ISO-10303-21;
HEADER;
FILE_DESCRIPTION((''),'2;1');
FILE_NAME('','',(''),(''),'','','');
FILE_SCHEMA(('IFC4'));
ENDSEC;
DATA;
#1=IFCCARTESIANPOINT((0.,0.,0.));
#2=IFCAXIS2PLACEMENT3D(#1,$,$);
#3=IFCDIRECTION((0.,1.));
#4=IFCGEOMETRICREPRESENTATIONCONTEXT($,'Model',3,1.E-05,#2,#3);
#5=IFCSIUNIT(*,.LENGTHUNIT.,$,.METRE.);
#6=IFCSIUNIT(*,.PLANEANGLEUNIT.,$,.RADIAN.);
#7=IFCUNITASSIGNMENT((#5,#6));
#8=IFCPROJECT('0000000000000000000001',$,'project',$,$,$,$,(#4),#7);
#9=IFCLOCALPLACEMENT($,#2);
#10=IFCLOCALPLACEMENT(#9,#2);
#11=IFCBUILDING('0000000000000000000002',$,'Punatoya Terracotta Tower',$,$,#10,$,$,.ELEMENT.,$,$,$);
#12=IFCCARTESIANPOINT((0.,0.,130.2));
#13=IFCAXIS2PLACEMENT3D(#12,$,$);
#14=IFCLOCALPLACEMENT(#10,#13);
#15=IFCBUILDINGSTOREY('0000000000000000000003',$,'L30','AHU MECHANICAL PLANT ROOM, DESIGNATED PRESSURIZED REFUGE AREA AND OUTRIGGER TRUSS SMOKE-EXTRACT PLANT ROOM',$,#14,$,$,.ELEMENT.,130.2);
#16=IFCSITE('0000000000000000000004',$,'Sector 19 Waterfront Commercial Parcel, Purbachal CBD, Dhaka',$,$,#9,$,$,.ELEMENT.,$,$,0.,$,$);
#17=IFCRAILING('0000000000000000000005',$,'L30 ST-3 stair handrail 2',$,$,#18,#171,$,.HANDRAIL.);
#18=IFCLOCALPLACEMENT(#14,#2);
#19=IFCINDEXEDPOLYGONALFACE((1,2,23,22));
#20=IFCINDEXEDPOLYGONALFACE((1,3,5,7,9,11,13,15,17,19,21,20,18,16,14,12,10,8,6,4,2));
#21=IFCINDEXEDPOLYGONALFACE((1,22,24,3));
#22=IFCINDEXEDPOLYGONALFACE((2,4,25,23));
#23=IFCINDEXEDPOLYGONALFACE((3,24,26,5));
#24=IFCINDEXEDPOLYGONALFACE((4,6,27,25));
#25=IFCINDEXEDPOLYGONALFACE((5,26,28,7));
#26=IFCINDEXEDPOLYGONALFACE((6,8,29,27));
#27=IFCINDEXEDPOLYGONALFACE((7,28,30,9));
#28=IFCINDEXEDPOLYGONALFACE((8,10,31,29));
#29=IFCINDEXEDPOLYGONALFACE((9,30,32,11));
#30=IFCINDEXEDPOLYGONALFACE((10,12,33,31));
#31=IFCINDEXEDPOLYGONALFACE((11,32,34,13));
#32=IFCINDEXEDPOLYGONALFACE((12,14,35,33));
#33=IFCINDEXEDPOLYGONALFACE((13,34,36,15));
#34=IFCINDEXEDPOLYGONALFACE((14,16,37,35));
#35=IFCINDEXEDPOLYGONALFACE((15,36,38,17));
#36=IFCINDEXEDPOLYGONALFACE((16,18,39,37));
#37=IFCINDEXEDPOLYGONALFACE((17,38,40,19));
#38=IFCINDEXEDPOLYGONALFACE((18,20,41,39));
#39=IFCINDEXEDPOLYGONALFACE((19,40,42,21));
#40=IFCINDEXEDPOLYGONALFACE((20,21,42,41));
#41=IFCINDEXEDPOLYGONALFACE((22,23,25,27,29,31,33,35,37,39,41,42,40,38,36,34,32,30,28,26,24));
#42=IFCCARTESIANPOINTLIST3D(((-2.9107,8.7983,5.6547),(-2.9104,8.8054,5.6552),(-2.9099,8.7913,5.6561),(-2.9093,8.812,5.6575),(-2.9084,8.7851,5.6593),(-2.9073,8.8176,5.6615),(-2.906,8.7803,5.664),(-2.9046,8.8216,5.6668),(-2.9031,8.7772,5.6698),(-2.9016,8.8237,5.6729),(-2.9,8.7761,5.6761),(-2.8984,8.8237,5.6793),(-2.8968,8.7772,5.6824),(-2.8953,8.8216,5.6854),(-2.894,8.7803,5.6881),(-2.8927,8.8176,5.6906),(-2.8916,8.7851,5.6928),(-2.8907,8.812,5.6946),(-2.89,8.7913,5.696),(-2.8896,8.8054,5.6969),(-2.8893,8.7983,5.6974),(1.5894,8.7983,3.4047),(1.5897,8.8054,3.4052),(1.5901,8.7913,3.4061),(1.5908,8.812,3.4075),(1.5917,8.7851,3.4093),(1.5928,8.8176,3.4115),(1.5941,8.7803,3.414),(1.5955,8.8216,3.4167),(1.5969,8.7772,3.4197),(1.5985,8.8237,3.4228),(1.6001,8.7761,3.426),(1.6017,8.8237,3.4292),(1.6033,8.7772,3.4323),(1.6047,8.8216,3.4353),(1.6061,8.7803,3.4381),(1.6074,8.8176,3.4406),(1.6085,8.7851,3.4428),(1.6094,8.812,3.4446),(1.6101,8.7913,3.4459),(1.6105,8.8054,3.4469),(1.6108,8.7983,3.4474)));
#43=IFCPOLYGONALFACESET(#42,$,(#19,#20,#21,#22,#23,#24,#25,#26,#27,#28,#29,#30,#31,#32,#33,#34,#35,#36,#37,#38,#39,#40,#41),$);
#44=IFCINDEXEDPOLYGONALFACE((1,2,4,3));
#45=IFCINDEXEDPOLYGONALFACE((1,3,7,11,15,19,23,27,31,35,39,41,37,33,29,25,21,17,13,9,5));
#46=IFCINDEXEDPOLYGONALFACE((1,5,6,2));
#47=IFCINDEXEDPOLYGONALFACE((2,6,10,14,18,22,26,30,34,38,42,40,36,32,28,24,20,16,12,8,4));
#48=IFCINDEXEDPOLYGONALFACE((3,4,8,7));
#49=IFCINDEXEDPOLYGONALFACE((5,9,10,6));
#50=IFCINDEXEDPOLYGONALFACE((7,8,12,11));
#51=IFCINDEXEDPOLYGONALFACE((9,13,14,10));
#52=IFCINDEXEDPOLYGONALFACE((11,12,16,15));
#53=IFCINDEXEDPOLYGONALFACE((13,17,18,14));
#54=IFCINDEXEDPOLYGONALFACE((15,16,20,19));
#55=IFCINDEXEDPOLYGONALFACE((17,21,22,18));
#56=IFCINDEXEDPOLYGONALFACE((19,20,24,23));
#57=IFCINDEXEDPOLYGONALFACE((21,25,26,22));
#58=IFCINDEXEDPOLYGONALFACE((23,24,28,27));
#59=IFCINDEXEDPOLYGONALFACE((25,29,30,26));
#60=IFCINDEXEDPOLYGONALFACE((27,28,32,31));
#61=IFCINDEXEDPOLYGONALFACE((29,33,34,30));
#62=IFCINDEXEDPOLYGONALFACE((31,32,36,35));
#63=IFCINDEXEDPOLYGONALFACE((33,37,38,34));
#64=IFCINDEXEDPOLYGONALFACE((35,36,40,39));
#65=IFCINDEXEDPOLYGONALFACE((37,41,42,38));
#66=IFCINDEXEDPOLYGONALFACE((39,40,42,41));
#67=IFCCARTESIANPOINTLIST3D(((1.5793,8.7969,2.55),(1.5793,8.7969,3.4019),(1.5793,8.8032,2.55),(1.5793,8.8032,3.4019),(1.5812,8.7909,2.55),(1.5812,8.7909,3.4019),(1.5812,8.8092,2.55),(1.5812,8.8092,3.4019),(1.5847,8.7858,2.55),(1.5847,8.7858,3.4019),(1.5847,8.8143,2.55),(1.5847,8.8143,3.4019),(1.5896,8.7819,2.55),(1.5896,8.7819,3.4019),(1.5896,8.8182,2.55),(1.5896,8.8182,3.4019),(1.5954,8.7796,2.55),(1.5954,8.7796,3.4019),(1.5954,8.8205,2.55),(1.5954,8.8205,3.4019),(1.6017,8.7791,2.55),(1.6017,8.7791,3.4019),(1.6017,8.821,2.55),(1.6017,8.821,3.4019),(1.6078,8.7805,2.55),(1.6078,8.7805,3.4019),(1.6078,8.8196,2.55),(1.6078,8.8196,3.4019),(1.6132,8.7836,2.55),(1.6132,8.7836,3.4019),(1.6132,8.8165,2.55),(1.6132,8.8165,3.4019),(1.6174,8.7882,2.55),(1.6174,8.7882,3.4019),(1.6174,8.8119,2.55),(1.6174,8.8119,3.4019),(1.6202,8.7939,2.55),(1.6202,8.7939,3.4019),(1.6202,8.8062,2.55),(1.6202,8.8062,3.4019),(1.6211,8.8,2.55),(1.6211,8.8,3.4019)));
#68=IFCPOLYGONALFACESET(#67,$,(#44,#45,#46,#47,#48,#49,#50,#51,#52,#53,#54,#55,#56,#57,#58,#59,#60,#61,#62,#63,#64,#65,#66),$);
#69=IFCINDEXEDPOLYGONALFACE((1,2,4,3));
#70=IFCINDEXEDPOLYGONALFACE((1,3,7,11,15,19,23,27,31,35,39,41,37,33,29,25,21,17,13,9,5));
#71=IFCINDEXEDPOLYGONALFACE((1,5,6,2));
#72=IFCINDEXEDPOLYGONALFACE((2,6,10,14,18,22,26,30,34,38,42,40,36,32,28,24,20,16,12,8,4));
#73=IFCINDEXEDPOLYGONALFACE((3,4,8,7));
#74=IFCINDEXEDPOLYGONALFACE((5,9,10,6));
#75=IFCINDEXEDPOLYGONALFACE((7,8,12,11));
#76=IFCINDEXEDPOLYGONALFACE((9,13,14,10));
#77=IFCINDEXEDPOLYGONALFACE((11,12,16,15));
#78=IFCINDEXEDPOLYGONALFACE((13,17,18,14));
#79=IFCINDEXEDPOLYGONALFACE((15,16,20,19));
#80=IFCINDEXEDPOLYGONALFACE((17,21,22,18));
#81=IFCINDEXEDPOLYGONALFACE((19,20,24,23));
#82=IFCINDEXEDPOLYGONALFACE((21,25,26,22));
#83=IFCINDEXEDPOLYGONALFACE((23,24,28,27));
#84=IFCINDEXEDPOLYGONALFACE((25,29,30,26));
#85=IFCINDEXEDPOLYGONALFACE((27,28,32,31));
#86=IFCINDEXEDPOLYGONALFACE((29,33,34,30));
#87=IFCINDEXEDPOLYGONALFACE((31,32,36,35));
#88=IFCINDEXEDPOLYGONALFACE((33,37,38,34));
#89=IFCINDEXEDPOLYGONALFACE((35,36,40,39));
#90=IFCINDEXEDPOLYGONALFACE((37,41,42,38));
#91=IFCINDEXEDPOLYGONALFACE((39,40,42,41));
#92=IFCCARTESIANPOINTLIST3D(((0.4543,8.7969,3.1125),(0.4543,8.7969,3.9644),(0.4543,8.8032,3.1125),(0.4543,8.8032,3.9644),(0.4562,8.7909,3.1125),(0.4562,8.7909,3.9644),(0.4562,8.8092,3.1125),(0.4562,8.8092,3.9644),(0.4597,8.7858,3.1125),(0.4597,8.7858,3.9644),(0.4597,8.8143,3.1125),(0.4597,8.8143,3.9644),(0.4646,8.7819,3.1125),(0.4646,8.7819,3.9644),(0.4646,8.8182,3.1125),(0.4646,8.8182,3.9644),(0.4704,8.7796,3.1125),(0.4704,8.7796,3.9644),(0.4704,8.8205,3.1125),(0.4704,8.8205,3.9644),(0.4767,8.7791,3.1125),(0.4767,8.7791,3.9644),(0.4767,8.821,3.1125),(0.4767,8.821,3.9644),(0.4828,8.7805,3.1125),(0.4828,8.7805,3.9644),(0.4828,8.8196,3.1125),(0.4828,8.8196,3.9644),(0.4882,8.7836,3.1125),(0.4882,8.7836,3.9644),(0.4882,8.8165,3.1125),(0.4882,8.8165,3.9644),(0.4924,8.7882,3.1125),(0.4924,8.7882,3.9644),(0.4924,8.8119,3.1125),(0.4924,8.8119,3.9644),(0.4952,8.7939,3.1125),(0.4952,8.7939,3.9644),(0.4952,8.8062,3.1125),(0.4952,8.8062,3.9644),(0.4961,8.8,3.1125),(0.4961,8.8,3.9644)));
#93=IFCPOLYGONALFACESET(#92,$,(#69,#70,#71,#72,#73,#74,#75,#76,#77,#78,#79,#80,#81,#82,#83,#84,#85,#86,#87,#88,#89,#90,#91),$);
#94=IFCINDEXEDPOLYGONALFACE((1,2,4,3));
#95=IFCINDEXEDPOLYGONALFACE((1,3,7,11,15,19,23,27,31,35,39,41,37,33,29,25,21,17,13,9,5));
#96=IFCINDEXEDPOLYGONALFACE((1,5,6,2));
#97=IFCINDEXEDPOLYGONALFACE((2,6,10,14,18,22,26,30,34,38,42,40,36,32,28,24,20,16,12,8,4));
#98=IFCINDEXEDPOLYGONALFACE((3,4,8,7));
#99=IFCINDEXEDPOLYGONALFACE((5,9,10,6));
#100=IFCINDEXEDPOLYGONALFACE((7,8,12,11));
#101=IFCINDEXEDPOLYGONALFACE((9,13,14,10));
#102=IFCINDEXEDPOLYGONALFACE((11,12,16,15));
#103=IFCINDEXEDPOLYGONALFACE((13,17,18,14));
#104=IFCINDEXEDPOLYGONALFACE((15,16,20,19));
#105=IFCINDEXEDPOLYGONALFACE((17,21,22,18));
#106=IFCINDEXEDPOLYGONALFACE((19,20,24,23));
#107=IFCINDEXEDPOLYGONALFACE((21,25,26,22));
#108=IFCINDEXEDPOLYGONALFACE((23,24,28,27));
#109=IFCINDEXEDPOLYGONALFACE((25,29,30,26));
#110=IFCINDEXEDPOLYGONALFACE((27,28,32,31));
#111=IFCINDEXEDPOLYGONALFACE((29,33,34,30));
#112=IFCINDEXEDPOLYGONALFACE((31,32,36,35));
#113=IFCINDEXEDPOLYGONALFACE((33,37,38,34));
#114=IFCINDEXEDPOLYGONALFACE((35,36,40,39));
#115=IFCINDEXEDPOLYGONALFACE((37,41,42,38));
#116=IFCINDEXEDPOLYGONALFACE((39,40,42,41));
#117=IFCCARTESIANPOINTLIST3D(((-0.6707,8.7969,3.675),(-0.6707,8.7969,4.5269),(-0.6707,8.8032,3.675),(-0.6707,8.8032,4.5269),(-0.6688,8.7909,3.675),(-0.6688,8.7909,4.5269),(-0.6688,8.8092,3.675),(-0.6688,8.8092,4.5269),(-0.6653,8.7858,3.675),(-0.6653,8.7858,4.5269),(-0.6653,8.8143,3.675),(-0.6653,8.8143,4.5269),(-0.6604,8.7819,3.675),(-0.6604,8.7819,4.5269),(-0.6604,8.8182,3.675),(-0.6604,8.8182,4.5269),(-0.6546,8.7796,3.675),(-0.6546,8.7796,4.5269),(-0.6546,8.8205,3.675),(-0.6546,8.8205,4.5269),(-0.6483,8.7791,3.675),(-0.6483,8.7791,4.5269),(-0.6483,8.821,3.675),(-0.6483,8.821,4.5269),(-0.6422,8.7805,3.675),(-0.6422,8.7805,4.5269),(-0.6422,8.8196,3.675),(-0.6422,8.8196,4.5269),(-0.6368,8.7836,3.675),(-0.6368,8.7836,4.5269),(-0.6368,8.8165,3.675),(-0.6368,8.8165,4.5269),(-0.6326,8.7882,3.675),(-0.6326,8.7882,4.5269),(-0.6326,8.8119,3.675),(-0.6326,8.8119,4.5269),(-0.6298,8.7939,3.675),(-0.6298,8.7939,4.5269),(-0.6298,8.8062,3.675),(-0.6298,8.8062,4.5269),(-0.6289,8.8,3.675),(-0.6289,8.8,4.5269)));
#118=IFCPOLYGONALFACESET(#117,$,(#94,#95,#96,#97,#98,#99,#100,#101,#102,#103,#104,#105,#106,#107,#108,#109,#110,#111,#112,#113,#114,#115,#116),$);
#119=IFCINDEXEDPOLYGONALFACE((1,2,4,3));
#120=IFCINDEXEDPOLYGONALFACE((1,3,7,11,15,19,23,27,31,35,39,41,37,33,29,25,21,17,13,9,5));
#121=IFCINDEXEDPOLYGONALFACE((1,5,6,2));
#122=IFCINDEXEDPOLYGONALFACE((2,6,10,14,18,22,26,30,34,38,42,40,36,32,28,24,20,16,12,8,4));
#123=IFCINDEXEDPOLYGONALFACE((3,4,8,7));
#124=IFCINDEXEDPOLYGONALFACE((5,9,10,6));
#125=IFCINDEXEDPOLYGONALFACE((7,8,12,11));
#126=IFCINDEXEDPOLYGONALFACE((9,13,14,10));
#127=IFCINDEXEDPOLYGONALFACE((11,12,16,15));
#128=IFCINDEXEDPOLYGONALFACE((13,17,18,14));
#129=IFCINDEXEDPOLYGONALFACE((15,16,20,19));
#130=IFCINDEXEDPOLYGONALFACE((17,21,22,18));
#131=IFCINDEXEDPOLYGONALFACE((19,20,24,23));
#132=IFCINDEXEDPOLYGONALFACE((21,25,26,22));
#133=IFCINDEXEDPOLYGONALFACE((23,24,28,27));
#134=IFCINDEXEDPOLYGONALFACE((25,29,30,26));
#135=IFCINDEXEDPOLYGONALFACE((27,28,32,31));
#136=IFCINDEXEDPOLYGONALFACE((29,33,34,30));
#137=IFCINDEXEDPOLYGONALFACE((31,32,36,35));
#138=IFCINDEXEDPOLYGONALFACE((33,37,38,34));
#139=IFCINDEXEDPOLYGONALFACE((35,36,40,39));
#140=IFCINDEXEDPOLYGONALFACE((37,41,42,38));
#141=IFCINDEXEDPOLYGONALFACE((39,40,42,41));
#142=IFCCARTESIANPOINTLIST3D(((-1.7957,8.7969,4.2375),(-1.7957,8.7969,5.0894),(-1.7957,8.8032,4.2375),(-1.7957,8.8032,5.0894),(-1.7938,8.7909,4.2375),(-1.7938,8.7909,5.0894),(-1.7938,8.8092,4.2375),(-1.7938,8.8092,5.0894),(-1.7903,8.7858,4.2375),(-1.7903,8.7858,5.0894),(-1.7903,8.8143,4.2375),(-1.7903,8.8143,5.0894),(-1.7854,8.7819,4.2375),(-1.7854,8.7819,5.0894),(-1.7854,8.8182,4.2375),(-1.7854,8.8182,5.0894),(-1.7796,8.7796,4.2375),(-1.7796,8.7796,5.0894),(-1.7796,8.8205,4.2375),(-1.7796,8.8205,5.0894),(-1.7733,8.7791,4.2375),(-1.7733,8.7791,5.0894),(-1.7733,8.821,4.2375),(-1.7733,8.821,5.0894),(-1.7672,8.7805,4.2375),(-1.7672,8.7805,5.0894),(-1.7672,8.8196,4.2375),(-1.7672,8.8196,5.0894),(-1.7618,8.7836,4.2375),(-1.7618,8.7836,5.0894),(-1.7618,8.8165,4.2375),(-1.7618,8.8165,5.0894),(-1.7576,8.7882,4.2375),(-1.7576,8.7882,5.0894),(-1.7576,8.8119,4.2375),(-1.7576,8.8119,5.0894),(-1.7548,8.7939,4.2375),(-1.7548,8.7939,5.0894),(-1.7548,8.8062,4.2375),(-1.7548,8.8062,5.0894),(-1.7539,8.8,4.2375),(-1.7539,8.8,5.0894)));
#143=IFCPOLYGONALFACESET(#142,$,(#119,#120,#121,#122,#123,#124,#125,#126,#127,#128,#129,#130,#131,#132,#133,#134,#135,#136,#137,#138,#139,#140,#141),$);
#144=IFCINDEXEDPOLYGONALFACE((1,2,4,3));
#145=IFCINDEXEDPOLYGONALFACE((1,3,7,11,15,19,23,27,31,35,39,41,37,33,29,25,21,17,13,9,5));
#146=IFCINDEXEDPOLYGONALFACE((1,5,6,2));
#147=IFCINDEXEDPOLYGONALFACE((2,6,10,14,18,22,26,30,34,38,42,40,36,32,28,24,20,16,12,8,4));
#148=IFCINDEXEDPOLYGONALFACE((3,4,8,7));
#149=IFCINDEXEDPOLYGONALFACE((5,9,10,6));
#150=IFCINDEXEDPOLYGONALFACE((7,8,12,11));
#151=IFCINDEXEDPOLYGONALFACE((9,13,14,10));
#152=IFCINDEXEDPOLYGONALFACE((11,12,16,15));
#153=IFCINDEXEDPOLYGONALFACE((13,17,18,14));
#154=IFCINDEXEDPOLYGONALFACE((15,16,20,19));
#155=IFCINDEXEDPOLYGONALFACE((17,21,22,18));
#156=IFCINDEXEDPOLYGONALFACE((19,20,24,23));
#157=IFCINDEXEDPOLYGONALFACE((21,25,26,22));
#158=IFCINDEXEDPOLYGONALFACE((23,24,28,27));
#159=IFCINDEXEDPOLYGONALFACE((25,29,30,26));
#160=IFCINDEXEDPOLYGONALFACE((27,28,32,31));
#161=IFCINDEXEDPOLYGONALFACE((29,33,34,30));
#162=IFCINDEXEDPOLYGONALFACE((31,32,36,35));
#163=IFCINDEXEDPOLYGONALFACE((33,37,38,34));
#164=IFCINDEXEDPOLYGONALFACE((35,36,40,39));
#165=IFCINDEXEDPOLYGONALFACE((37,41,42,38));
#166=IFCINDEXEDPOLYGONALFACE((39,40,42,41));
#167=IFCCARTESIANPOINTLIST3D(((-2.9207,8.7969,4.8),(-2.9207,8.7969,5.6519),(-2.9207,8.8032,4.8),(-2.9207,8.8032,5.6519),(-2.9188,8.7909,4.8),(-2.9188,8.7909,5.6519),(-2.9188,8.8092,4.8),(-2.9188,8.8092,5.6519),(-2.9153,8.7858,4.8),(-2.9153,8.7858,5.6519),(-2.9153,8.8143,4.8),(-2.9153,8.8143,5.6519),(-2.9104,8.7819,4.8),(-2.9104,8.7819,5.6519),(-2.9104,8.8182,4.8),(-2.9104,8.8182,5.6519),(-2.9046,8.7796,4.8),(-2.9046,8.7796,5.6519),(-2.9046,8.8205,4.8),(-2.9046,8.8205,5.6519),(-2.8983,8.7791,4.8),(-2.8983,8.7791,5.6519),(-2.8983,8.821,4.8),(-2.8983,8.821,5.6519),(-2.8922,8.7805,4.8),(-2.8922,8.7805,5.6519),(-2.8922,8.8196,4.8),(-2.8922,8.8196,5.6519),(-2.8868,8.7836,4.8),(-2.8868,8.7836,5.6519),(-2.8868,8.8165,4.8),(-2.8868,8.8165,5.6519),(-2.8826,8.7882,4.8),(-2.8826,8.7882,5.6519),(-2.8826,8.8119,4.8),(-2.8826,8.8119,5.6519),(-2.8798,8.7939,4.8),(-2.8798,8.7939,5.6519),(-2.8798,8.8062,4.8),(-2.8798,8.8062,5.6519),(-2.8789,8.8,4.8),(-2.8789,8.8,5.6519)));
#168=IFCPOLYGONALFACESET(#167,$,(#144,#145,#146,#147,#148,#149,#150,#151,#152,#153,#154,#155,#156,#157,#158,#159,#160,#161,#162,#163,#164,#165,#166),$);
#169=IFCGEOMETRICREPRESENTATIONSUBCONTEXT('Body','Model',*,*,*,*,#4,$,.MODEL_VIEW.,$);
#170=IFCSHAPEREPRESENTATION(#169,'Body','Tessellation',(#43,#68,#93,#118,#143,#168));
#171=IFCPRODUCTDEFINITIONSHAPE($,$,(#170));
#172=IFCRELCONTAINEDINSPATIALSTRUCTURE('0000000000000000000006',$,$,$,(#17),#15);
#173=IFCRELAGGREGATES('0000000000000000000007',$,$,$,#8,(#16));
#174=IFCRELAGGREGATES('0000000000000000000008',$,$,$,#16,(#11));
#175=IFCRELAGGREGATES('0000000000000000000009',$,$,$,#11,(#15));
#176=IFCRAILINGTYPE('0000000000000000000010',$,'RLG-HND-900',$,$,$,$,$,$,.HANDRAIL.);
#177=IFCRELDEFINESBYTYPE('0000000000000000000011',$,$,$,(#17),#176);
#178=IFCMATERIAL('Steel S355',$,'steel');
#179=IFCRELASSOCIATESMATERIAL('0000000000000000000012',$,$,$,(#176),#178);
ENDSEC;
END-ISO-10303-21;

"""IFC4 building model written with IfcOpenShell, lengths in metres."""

from ifc_helpers import new_model, si_unit, direction, frame, origin, origin_2d, place, context, subcontext, project, spatial, circle, extrude, material, type_object, element, save


model = new_model("IFC4")

# Units and contexts
model_context = context("Model", 3, precision=1e-05, world=origin(), true_north=direction((0.0, 1.0)))
body_context = subcontext(model_context, "Body", "Model", "MODEL_VIEW")
ifc_project = project(units=[si_unit("LENGTHUNIT", "METRE"), si_unit("PLANEANGLEUNIT", "RADIAN")], contexts=[model_context])

# Site, building, storey
site_placement = place(None, origin())
site = spatial("IfcSite", under=ifc_project, at=site_placement, Name="Sector 19 Waterfront Commercial Parcel, Purbachal CBD, Dhaka", CompositionType="ELEMENT", RefElevation=0.0)
building_placement = place(site_placement, origin())
building = spatial("IfcBuilding", under=site, at=building_placement, Name="Punatoya Terracotta Tower", CompositionType="ELEMENT")
storey_placement = place(building_placement, frame((0.0, 0.0, 130.2)))
storey = spatial("IfcBuildingStorey", under=building, at=storey_placement, Name="L30", Description="AHU MECHANICAL PLANT ROOM, DESIGNATED PRESSURIZED REFUGE AREA AND OUTRIGGER TRUSS SMOKE-EXTRACT PLANT ROOM", CompositionType="ELEMENT", Elevation=130.2)

# Shared definitions
ifc_material_1 = material(Name="Steel S355", Category="steel")

# Railing
railing_type_1 = type_object("IfcRailingType", Name="RLG-HND-900", PredefinedType="HANDRAIL", material=ifc_material_1)
railing_1_placement = place(storey_placement, frame((1.6001, 8.8, 2.55)))
element("IfcRailing", 1, at=railing_1_placement, inside=storey, type_object=railing_type_1, Name="L30 ST-3 stair handrail 2", PredefinedType="HANDRAIL", context=body_context, shape_type="SweptSolid", body=[
    extrude(circle(Radius=0.0239, at=origin_2d()), frame((0.0, 0.0, 0.876), z_axis=(-0.894427, 0.0, 0.447214), x_axis=(0.0, -1.0, 0.0)), (0.0, 0.0, 1.0), 5.0312),
    extrude(circle(Radius=0.021, at=origin_2d()), origin(), (0.0, 0.0, 1.0), 0.8518),
    extrude(circle(Radius=0.021, at=origin_2d()), frame((-1.125, 0.0, 0.5625)), (0.0, 0.0, 1.0), 0.8518),
    extrude(circle(Radius=0.021, at=origin_2d()), frame((-2.25, 0.0, 1.125)), (0.0, 0.0, 1.0), 0.8518),
    extrude(circle(Radius=0.021, at=origin_2d()), frame((-3.375, 0.0, 1.6875)), (0.0, 0.0, 1.0), 0.8518),
    extrude(circle(Radius=0.021, at=origin_2d()), frame((-4.5, 0.0, 2.25)), (0.0, 0.0, 1.0), 0.8518),
])

save(model, "model.ifc")
